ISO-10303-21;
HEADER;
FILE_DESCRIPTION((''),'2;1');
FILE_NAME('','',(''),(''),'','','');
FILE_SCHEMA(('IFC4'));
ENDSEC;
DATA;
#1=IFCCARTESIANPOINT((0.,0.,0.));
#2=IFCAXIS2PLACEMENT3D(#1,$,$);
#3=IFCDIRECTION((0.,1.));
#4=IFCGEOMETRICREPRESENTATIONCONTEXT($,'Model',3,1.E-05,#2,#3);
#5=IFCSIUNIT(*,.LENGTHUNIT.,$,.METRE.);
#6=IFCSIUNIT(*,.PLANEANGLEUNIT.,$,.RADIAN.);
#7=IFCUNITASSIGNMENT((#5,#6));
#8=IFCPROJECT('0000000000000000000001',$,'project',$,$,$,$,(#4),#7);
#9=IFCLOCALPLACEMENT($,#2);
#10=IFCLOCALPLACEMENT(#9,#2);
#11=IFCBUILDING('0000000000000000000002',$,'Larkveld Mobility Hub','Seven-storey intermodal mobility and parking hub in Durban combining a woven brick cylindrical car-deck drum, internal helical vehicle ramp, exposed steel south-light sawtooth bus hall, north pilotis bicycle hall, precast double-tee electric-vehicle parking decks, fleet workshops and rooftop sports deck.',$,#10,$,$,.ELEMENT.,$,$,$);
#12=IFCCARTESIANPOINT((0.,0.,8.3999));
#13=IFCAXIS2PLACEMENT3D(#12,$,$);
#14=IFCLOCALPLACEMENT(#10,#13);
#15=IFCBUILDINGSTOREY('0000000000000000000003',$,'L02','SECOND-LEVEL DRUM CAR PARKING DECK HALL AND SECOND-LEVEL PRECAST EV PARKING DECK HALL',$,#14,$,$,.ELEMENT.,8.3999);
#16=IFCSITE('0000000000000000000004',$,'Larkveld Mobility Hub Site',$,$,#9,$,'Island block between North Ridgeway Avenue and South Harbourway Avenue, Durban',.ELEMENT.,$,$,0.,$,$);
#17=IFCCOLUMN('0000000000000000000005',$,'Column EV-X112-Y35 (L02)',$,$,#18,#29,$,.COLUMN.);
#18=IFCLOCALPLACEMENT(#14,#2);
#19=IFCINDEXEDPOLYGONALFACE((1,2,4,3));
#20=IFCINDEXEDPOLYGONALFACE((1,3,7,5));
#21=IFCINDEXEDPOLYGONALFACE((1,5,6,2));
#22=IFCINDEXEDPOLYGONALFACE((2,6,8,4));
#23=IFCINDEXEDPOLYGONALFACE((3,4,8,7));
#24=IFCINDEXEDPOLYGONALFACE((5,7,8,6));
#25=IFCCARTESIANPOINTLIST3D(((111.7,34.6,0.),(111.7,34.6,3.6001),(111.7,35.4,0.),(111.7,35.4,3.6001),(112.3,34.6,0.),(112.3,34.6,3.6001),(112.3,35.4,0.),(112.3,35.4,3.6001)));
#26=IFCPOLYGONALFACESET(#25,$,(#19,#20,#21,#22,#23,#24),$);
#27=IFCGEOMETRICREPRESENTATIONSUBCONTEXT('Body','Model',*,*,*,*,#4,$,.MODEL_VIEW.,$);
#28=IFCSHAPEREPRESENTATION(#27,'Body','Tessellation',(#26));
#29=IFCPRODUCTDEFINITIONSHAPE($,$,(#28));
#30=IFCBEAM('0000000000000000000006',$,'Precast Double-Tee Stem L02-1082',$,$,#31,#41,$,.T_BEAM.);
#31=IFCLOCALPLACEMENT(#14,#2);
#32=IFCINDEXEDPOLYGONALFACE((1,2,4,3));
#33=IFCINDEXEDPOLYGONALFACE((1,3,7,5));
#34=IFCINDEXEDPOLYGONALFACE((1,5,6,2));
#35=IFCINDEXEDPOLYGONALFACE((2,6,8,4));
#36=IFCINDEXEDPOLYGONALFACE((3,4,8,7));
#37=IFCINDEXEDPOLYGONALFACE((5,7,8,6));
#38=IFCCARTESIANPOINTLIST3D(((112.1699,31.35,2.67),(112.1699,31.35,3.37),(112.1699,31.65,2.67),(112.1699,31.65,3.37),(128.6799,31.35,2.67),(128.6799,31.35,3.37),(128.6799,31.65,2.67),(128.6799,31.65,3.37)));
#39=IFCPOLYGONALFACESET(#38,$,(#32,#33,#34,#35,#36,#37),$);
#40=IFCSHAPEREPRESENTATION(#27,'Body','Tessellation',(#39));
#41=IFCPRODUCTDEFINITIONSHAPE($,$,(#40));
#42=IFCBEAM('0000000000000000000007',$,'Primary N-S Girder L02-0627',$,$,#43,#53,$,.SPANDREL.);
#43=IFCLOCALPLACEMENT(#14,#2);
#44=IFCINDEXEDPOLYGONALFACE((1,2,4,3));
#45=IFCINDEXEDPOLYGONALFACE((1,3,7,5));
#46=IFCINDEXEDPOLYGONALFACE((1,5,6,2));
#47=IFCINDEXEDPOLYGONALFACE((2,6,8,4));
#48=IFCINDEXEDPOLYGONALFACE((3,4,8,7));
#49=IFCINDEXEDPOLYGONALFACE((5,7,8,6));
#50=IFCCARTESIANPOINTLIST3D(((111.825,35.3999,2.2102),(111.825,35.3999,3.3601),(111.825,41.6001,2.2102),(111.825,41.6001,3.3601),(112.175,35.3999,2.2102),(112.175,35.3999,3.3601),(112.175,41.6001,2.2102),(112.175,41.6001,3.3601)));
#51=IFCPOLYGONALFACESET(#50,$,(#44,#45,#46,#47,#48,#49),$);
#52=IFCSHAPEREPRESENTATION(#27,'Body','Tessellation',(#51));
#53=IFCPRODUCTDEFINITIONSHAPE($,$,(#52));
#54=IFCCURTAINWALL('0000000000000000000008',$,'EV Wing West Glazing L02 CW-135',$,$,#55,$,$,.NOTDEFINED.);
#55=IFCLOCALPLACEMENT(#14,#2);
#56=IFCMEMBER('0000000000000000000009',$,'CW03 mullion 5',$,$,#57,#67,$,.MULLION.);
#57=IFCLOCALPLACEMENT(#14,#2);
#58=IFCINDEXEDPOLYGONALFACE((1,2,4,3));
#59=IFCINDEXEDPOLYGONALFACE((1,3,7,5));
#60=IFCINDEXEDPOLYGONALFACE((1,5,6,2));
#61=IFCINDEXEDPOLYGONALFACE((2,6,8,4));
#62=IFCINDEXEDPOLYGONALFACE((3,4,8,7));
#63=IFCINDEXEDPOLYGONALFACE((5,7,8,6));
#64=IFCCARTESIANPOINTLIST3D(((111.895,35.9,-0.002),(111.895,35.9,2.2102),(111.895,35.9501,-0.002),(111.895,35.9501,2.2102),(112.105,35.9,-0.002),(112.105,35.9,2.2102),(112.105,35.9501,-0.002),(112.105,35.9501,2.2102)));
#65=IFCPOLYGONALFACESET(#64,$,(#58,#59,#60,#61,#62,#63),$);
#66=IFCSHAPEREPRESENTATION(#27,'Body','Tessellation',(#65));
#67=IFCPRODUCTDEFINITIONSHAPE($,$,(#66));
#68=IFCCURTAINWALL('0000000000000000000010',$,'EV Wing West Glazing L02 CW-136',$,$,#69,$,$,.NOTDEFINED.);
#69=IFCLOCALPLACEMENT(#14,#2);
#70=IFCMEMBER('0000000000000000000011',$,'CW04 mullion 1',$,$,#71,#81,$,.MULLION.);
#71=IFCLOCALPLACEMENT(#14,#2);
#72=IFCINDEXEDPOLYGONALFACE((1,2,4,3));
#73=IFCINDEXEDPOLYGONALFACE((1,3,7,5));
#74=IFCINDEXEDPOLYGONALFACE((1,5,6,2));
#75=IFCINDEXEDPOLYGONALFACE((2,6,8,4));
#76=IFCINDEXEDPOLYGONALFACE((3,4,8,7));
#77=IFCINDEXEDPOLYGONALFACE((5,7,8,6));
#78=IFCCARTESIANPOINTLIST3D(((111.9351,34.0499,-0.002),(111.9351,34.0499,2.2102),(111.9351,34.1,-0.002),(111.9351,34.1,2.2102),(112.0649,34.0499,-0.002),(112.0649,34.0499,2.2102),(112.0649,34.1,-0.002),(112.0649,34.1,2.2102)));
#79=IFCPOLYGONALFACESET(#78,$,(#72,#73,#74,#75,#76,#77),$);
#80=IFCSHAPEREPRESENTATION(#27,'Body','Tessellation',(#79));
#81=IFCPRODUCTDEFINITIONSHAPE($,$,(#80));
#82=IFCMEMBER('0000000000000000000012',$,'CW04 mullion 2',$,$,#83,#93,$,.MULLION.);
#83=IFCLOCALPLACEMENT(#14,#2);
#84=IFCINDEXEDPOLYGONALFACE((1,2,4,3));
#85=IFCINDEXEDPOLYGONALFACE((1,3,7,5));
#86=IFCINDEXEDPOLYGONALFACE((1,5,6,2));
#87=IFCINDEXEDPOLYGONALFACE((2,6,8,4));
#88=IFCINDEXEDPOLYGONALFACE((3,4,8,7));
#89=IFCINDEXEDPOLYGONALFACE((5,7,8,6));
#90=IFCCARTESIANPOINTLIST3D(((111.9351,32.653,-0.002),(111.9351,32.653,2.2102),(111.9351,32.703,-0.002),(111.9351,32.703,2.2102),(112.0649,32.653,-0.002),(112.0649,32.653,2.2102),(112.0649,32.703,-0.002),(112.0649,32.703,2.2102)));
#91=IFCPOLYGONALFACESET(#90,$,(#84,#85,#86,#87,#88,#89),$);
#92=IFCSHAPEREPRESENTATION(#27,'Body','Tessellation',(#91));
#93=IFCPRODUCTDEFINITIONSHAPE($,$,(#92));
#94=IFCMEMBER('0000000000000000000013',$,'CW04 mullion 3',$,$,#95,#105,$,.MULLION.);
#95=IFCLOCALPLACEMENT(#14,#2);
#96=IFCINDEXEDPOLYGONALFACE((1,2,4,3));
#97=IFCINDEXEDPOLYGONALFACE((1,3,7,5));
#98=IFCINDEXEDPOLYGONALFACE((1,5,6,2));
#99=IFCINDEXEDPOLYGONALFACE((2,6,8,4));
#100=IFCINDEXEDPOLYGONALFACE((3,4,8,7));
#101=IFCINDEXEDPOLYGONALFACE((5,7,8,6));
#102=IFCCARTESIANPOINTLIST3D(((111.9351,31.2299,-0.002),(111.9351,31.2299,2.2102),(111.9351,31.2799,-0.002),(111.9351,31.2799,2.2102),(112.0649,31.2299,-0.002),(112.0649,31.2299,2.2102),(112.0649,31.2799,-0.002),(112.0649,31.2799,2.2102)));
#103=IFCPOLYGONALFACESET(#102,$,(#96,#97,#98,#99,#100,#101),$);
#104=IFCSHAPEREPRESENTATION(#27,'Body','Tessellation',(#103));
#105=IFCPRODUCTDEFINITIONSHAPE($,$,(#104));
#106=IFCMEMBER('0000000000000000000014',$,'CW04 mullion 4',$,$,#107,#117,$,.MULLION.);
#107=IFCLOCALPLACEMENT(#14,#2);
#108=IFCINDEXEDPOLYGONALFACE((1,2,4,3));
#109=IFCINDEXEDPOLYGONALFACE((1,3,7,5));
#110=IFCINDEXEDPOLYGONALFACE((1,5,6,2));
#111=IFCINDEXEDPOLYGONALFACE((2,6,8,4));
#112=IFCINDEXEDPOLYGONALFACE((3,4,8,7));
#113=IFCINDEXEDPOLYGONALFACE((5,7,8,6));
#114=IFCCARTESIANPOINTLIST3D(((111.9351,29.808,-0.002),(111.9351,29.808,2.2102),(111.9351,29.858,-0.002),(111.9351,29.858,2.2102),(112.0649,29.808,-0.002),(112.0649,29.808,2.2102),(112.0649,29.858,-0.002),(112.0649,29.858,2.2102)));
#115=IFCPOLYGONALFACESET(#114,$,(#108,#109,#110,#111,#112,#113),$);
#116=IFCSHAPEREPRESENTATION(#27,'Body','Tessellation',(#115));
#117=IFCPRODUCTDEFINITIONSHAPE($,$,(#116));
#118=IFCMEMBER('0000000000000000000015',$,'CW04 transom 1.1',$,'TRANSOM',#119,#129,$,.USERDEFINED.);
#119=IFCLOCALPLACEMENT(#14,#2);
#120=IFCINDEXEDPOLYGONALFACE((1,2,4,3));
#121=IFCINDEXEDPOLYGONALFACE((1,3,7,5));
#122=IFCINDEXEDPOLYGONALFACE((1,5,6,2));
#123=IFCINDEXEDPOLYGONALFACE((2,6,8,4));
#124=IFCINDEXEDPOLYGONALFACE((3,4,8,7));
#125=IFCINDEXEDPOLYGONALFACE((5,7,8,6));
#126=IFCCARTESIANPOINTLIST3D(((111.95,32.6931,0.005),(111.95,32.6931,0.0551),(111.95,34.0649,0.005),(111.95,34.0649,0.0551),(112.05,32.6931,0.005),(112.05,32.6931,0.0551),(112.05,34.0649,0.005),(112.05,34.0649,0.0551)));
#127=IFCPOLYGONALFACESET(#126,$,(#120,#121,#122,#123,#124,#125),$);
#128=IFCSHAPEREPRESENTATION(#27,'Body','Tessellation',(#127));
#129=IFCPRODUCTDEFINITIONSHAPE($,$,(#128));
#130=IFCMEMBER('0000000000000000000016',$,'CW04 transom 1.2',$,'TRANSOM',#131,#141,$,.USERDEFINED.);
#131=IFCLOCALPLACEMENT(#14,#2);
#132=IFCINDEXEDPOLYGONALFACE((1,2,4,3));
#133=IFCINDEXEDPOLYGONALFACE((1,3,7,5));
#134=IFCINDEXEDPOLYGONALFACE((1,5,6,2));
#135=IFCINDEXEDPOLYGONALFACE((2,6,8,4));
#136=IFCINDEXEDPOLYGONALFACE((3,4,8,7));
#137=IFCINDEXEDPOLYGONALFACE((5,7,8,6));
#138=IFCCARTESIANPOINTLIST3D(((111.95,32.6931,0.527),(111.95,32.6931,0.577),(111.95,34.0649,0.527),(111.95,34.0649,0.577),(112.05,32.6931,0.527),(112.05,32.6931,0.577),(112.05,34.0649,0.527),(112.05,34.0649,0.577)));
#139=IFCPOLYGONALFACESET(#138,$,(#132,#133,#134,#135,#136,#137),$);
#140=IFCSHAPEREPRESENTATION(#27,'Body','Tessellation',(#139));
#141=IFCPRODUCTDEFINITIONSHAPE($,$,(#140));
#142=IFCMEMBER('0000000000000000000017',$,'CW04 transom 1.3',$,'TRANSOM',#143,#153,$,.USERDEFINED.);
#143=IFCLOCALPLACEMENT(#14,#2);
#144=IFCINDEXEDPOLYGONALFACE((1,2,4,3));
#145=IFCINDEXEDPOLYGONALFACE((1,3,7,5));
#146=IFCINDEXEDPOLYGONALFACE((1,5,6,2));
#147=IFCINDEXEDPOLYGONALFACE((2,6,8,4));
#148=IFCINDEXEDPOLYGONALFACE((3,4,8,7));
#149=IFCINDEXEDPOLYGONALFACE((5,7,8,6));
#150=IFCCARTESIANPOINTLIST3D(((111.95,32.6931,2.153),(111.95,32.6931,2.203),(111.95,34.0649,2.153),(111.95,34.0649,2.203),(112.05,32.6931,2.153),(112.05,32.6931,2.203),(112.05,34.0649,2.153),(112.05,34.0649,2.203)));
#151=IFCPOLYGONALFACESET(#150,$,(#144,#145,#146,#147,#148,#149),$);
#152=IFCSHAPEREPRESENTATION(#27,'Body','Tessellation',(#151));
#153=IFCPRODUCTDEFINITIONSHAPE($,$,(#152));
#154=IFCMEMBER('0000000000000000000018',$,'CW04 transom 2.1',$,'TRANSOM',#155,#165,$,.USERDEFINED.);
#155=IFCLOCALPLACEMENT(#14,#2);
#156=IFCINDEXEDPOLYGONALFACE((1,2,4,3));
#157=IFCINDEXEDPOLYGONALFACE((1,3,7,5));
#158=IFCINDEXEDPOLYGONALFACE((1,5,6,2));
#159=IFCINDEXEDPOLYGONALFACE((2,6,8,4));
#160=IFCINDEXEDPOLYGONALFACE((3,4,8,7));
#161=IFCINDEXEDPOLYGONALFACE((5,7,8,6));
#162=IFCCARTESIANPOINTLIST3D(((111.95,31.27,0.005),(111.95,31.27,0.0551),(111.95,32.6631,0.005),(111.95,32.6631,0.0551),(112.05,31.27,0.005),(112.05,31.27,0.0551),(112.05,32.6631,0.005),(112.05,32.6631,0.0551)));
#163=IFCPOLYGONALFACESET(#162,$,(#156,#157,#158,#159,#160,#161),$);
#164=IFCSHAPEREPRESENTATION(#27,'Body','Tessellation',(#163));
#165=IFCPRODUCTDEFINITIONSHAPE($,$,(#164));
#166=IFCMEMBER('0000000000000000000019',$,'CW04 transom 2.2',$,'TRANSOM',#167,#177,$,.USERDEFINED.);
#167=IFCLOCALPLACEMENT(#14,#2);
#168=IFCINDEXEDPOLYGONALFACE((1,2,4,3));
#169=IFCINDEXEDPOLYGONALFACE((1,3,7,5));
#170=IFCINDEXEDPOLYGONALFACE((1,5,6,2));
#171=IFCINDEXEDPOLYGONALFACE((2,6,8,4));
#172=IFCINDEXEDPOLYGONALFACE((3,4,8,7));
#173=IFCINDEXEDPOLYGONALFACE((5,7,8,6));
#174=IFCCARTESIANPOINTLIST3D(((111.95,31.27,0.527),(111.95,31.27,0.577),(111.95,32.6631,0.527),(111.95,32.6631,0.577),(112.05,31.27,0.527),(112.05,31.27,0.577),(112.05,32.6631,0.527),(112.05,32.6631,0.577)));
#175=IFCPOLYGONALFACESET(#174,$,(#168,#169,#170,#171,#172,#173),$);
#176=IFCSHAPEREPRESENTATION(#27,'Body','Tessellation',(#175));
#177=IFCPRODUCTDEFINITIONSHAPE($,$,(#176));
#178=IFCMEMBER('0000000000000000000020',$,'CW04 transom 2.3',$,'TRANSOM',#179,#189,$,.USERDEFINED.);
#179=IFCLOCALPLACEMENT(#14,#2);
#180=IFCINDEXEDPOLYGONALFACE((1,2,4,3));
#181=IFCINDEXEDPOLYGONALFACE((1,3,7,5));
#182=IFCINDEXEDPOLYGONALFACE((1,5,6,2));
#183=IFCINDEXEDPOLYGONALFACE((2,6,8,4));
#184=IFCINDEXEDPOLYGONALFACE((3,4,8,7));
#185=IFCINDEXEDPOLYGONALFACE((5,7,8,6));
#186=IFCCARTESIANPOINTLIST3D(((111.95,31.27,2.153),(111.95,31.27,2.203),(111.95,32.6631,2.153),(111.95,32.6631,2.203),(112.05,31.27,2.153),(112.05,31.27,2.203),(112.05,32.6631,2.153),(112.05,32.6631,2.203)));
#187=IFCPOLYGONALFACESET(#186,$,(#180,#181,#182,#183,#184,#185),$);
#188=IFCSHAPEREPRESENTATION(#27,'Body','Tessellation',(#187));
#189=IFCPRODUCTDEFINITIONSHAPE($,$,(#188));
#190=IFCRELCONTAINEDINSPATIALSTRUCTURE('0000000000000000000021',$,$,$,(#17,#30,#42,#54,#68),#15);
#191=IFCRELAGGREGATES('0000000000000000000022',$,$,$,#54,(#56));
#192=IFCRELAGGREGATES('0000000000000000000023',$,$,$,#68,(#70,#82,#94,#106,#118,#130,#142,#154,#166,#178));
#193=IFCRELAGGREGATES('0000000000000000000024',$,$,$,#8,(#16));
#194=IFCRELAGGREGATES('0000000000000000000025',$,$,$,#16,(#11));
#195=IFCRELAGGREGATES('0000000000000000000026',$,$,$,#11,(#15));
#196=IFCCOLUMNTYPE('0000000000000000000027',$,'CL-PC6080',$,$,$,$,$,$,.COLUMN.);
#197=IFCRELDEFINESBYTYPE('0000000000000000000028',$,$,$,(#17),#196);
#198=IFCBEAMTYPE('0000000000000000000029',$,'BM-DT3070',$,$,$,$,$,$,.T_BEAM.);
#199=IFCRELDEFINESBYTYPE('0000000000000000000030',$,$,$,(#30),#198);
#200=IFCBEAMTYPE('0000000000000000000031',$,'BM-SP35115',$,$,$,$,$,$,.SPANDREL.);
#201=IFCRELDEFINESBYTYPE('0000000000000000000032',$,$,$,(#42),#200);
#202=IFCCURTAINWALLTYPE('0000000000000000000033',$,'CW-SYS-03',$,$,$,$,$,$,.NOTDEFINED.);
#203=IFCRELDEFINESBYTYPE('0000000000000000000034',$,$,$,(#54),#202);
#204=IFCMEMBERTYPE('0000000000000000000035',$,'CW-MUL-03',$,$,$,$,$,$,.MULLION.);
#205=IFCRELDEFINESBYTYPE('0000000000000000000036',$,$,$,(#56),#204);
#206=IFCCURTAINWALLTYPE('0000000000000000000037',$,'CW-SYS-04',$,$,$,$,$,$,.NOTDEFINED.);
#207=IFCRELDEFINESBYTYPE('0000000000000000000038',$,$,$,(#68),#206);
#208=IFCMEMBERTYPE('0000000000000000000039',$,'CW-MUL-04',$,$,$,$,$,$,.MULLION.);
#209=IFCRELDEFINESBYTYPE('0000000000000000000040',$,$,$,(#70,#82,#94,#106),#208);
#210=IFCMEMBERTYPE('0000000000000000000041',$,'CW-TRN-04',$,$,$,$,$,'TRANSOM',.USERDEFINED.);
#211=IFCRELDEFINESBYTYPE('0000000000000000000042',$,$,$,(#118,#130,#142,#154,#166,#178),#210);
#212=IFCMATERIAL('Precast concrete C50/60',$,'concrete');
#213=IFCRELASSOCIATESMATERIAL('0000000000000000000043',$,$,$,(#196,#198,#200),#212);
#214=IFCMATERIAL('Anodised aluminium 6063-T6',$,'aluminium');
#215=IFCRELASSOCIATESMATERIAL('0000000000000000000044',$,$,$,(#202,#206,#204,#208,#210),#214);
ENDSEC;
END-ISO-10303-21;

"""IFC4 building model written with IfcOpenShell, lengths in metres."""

from ifc_helpers import new_model, si_unit, direction, frame, origin, origin_2d, place, context, subcontext, project, spatial, rectangle, extrude, material, material_profile, profile_set, type_object, element, aggregate, save


model = new_model("IFC4")

# Units and contexts
model_context = context("Model", 3, precision=1e-05, world=origin(), true_north=direction((0.0, 1.0)))
body_context = subcontext(model_context, "Body", "Model", "MODEL_VIEW")
ifc_project = project(units=[si_unit("LENGTHUNIT", "METRE"), si_unit("PLANEANGLEUNIT", "RADIAN")], contexts=[model_context])

# Site, building, storey
site_placement = place(None, origin())
site = spatial("IfcSite", under=ifc_project, at=site_placement, Name="Larkveld Mobility Hub Site", LongName="Island block between North Ridgeway Avenue and South Harbourway Avenue, Durban", CompositionType="ELEMENT", RefElevation=0.0)
building_placement = place(site_placement, origin())
building = spatial("IfcBuilding", under=site, at=building_placement, Name="Larkveld Mobility Hub", Description="Seven-storey intermodal mobility and parking hub in Durban combining a woven brick cylindrical car-deck drum, internal helical vehicle ramp, exposed steel south-light sawtooth bus hall, north pilotis bicycle hall, precast double-tee electric-vehicle parking decks, fleet workshops and rooftop sports deck.", CompositionType="ELEMENT")
storey_placement = place(building_placement, frame((0.0, 0.0, 8.3999)))
storey = spatial("IfcBuildingStorey", under=building, at=storey_placement, Name="L02", Description="SECOND-LEVEL DRUM CAR PARKING DECK HALL AND SECOND-LEVEL PRECAST EV PARKING DECK HALL", CompositionType="ELEMENT", Elevation=8.3999)

# Column
ifc_material_1 = material(Name="Precast concrete C50/60", Category="concrete")
ifc_material_profile_1 = material_profile(ifc_material_1, rectangle(XDim=0.6001, YDim=0.8, at=origin_2d()), Name="RC COL 600x800")
ifc_profile_set_1 = profile_set([ifc_material_profile_1], Name="Precast concrete C50/60")
column_type = type_object("IfcColumnType", Name="CL-PC6080", PredefinedType="COLUMN", material=ifc_profile_set_1)
column_placement = place(storey_placement, frame((112.0, 35.0, 0.0), z_axis=(0.0, 0.0, 1.0), x_axis=(1.0, 0.0, 0.0)))
element("IfcColumn", 1, at=column_placement, inside=storey, type_object=column_type, Name="Column EV-X112-Y35 (L02)", PredefinedType="COLUMN", context=body_context, shape_type="SweptSolid", body=[
    extrude(rectangle(XDim=0.6001, YDim=0.8, at=origin_2d()), origin(), (0.0, 0.0, 1.0), 3.6001),
])

# Beams
ifc_material_profile_2 = material_profile(ifc_material_1, rectangle(XDim=0.3, YDim=0.7, at=origin_2d()), Name="PC DT 300x700")
ifc_profile_set_2 = profile_set([ifc_material_profile_2], Name="Precast concrete C50/60")
beam_type_1 = type_object("IfcBeamType", Name="BM-DT3070", PredefinedType="T_BEAM", material=ifc_profile_set_2)
beam_1_placement = place(storey_placement, frame((112.1699, 31.5, 3.02), z_axis=(1.0, 0.0, 0.0), x_axis=(0.0, 1.0, 0.0)))
element("IfcBeam", 2, at=beam_1_placement, inside=storey, type_object=beam_type_1, Name="Precast Double-Tee Stem L02-1082", PredefinedType="T_BEAM", context=body_context, shape_type="SweptSolid", body=[
    extrude(rectangle(XDim=0.3, YDim=0.7, at=origin_2d()), origin(), (0.0, 0.0, 1.0), 16.51),
])
ifc_material_profile_3 = material_profile(ifc_material_1, rectangle(XDim=0.3501, YDim=1.1499, at=origin_2d()), Name="PC SP 350x1150")
ifc_profile_set_3 = profile_set([ifc_material_profile_3], Name="Precast concrete C50/60")
beam_type_2 = type_object("IfcBeamType", Name="BM-SP35115", PredefinedType="SPANDREL", material=ifc_profile_set_3)
beam_2_placement = place(storey_placement, frame((112.0, 35.3999, 2.7852), z_axis=(0.0, 1.0, 0.0), x_axis=(-1.0, 0.0, 0.0)))
element("IfcBeam", 3, at=beam_2_placement, inside=storey, type_object=beam_type_2, Name="Primary N-S Girder L02-0627", PredefinedType="SPANDREL", context=body_context, shape_type="SweptSolid", body=[
    extrude(rectangle(XDim=0.3501, YDim=1.1499, at=origin_2d()), origin(), (0.0, 0.0, 1.0), 6.2002),
])

# Curtain wall, member
ifc_material_2 = material(Name="Anodised aluminium 6063-T6", Category="aluminium")
curtain_wall_type_1 = type_object("IfcCurtainWallType", Name="CW-SYS-03", PredefinedType="NOTDEFINED", material=ifc_material_2)
curtain_wall_1_placement = place(storey_placement, origin())
curtain_wall_1 = element("IfcCurtainWall", 4, at=curtain_wall_1_placement, inside=storey, type_object=curtain_wall_type_1, Name="EV Wing West Glazing L02 CW-135", PredefinedType="NOTDEFINED")
ifc_material_profile_4 = material_profile(ifc_material_2, rectangle(XDim=0.05, YDim=0.21, at=origin_2d()), Name="ALU MULL 50x210")
ifc_profile_set_4 = profile_set([ifc_material_profile_4], Name="Anodised aluminium 6063-T6")
member_type_1 = type_object("IfcMemberType", Name="CW-MUL-03", PredefinedType="MULLION", material=ifc_profile_set_4)
member_1_placement = place(storey_placement, frame((112.0, 35.925, -0.002), z_axis=(0.0, 0.0, 1.0), x_axis=(0.0, -1.0, 0.0)))
member_1 = element("IfcMember", 5, at=member_1_placement, type_object=member_type_1, Name="CW03 mullion 5", PredefinedType="MULLION", context=body_context, shape_type="SweptSolid", body=[
    extrude(rectangle(XDim=0.05, YDim=0.21, at=origin_2d()), origin(), (0.0, 0.0, 1.0), 2.2122),
])

# Curtain wall, members
curtain_wall_type_2 = type_object("IfcCurtainWallType", Name="CW-SYS-04", PredefinedType="NOTDEFINED", material=ifc_material_2)
curtain_wall_2_placement = place(storey_placement, origin())
curtain_wall_2 = element("IfcCurtainWall", 6, at=curtain_wall_2_placement, inside=storey, type_object=curtain_wall_type_2, Name="EV Wing West Glazing L02 CW-136", PredefinedType="NOTDEFINED")
ifc_material_profile_5 = material_profile(ifc_material_2, rectangle(XDim=0.05, YDim=0.1299, at=origin_2d()), Name="ALU MULL 50x130")
ifc_profile_set_5 = profile_set([ifc_material_profile_5], Name="Anodised aluminium 6063-T6")
member_type_2 = type_object("IfcMemberType", Name="CW-MUL-04", PredefinedType="MULLION", material=ifc_profile_set_5)
member_2_placement = place(storey_placement, frame((112.0, 34.075, -0.002), z_axis=(0.0, 0.0, 1.0), x_axis=(0.0, -1.0, 0.0)))
member_2 = element("IfcMember", 7, at=member_2_placement, type_object=member_type_2, Name="CW04 mullion 1", PredefinedType="MULLION", context=body_context, shape_type="SweptSolid", body=[
    extrude(rectangle(XDim=0.05, YDim=0.1299, at=origin_2d()), origin(), (0.0, 0.0, 1.0), 2.2122),
])
member_3_placement = place(storey_placement, frame((112.0, 32.678, -0.002), z_axis=(0.0, 0.0, 1.0), x_axis=(0.0, -1.0, 0.0)))
member_3 = element("IfcMember", 8, at=member_3_placement, type_object=member_type_2, Name="CW04 mullion 2", PredefinedType="MULLION", context=body_context, shape_type="SweptSolid", body=[
    extrude(rectangle(XDim=0.05, YDim=0.1299, at=origin_2d()), origin(), (0.0, 0.0, 1.0), 2.2122),
])
member_4_placement = place(storey_placement, frame((112.0, 31.2549, -0.002), z_axis=(0.0, 0.0, 1.0), x_axis=(0.0, -1.0, 0.0)))
member_4 = element("IfcMember", 9, at=member_4_placement, type_object=member_type_2, Name="CW04 mullion 3", PredefinedType="MULLION", context=body_context, shape_type="SweptSolid", body=[
    extrude(rectangle(XDim=0.05, YDim=0.1299, at=origin_2d()), origin(), (0.0, 0.0, 1.0), 2.2122),
])
member_5_placement = place(storey_placement, frame((112.0, 29.833, -0.002), z_axis=(0.0, 0.0, 1.0), x_axis=(0.0, -1.0, 0.0)))
member_5 = element("IfcMember", 10, at=member_5_placement, type_object=member_type_2, Name="CW04 mullion 4", PredefinedType="MULLION", context=body_context, shape_type="SweptSolid", body=[
    extrude(rectangle(XDim=0.05, YDim=0.1299, at=origin_2d()), origin(), (0.0, 0.0, 1.0), 2.2122),
])
ifc_material_profile_6 = material_profile(ifc_material_2, rectangle(XDim=0.1001, YDim=0.05, at=origin_2d()), Name="ALU TRAN 50x100")
ifc_profile_set_6 = profile_set([ifc_material_profile_6], Name="Anodised aluminium 6063-T6")
member_type_3 = type_object("IfcMemberType", Name="CW-TRN-04", ElementType="TRANSOM", PredefinedType="USERDEFINED", material=ifc_profile_set_6)
member_6_placement = place(storey_placement, frame((112.0, 34.0649, 0.03), z_axis=(0.0, -1.0, 0.0), x_axis=(1.0, 0.0, 0.0)))
member_6 = element("IfcMember", 11, at=member_6_placement, type_object=member_type_3, Name="CW04 transom 1.1", ObjectType="TRANSOM", PredefinedType="USERDEFINED", context=body_context, shape_type="SweptSolid", body=[
    extrude(rectangle(XDim=0.1001, YDim=0.05, at=origin_2d()), origin(), (0.0, 0.0, 1.0), 1.3718),
])
member_7_placement = place(storey_placement, frame((112.0, 34.0649, 0.552), z_axis=(0.0, -1.0, 0.0), x_axis=(1.0, 0.0, 0.0)))
member_7 = element("IfcMember", 12, at=member_7_placement, type_object=member_type_3, Name="CW04 transom 1.2", ObjectType="TRANSOM", PredefinedType="USERDEFINED", context=body_context, shape_type="SweptSolid", body=[
    extrude(rectangle(XDim=0.1001, YDim=0.05, at=origin_2d()), origin(), (0.0, 0.0, 1.0), 1.3718),
])
member_8_placement = place(storey_placement, frame((112.0, 34.0649, 2.178), z_axis=(0.0, -1.0, 0.0), x_axis=(1.0, 0.0, 0.0)))
member_8 = element("IfcMember", 13, at=member_8_placement, type_object=member_type_3, Name="CW04 transom 1.3", ObjectType="TRANSOM", PredefinedType="USERDEFINED", context=body_context, shape_type="SweptSolid", body=[
    extrude(rectangle(XDim=0.1001, YDim=0.05, at=origin_2d()), origin(), (0.0, 0.0, 1.0), 1.3718),
])
member_9_placement = place(storey_placement, frame((112.0, 32.6631, 0.03), z_axis=(0.0, -1.0, 0.0), x_axis=(1.0, 0.0, 0.0)))
member_9 = element("IfcMember", 14, at=member_9_placement, type_object=member_type_3, Name="CW04 transom 2.1", ObjectType="TRANSOM", PredefinedType="USERDEFINED", context=body_context, shape_type="SweptSolid", body=[
    extrude(rectangle(XDim=0.1001, YDim=0.05, at=origin_2d()), origin(), (0.0, 0.0, 1.0), 1.3931),
])
member_10_placement = place(storey_placement, frame((112.0, 32.6631, 0.552), z_axis=(0.0, -1.0, 0.0), x_axis=(1.0, 0.0, 0.0)))
member_10 = element("IfcMember", 15, at=member_10_placement, type_object=member_type_3, Name="CW04 transom 2.2", ObjectType="TRANSOM", PredefinedType="USERDEFINED", context=body_context, shape_type="SweptSolid", body=[
    extrude(rectangle(XDim=0.1001, YDim=0.05, at=origin_2d()), origin(), (0.0, 0.0, 1.0), 1.3931),
])
member_11_placement = place(storey_placement, frame((112.0, 32.6631, 2.178), z_axis=(0.0, -1.0, 0.0), x_axis=(1.0, 0.0, 0.0)))
member_11 = element("IfcMember", 16, at=member_11_placement, type_object=member_type_3, Name="CW04 transom 2.3", ObjectType="TRANSOM", PredefinedType="USERDEFINED", context=body_context, shape_type="SweptSolid", body=[
    extrude(rectangle(XDim=0.1001, YDim=0.05, at=origin_2d()), origin(), (0.0, 0.0, 1.0), 1.3931),
])

aggregate(curtain_wall_1, [member_1])
aggregate(curtain_wall_2, [member_2, member_3, member_4, member_5, member_6, member_7, member_8, member_9, member_10, member_11])

save(model, "model.ifc")
